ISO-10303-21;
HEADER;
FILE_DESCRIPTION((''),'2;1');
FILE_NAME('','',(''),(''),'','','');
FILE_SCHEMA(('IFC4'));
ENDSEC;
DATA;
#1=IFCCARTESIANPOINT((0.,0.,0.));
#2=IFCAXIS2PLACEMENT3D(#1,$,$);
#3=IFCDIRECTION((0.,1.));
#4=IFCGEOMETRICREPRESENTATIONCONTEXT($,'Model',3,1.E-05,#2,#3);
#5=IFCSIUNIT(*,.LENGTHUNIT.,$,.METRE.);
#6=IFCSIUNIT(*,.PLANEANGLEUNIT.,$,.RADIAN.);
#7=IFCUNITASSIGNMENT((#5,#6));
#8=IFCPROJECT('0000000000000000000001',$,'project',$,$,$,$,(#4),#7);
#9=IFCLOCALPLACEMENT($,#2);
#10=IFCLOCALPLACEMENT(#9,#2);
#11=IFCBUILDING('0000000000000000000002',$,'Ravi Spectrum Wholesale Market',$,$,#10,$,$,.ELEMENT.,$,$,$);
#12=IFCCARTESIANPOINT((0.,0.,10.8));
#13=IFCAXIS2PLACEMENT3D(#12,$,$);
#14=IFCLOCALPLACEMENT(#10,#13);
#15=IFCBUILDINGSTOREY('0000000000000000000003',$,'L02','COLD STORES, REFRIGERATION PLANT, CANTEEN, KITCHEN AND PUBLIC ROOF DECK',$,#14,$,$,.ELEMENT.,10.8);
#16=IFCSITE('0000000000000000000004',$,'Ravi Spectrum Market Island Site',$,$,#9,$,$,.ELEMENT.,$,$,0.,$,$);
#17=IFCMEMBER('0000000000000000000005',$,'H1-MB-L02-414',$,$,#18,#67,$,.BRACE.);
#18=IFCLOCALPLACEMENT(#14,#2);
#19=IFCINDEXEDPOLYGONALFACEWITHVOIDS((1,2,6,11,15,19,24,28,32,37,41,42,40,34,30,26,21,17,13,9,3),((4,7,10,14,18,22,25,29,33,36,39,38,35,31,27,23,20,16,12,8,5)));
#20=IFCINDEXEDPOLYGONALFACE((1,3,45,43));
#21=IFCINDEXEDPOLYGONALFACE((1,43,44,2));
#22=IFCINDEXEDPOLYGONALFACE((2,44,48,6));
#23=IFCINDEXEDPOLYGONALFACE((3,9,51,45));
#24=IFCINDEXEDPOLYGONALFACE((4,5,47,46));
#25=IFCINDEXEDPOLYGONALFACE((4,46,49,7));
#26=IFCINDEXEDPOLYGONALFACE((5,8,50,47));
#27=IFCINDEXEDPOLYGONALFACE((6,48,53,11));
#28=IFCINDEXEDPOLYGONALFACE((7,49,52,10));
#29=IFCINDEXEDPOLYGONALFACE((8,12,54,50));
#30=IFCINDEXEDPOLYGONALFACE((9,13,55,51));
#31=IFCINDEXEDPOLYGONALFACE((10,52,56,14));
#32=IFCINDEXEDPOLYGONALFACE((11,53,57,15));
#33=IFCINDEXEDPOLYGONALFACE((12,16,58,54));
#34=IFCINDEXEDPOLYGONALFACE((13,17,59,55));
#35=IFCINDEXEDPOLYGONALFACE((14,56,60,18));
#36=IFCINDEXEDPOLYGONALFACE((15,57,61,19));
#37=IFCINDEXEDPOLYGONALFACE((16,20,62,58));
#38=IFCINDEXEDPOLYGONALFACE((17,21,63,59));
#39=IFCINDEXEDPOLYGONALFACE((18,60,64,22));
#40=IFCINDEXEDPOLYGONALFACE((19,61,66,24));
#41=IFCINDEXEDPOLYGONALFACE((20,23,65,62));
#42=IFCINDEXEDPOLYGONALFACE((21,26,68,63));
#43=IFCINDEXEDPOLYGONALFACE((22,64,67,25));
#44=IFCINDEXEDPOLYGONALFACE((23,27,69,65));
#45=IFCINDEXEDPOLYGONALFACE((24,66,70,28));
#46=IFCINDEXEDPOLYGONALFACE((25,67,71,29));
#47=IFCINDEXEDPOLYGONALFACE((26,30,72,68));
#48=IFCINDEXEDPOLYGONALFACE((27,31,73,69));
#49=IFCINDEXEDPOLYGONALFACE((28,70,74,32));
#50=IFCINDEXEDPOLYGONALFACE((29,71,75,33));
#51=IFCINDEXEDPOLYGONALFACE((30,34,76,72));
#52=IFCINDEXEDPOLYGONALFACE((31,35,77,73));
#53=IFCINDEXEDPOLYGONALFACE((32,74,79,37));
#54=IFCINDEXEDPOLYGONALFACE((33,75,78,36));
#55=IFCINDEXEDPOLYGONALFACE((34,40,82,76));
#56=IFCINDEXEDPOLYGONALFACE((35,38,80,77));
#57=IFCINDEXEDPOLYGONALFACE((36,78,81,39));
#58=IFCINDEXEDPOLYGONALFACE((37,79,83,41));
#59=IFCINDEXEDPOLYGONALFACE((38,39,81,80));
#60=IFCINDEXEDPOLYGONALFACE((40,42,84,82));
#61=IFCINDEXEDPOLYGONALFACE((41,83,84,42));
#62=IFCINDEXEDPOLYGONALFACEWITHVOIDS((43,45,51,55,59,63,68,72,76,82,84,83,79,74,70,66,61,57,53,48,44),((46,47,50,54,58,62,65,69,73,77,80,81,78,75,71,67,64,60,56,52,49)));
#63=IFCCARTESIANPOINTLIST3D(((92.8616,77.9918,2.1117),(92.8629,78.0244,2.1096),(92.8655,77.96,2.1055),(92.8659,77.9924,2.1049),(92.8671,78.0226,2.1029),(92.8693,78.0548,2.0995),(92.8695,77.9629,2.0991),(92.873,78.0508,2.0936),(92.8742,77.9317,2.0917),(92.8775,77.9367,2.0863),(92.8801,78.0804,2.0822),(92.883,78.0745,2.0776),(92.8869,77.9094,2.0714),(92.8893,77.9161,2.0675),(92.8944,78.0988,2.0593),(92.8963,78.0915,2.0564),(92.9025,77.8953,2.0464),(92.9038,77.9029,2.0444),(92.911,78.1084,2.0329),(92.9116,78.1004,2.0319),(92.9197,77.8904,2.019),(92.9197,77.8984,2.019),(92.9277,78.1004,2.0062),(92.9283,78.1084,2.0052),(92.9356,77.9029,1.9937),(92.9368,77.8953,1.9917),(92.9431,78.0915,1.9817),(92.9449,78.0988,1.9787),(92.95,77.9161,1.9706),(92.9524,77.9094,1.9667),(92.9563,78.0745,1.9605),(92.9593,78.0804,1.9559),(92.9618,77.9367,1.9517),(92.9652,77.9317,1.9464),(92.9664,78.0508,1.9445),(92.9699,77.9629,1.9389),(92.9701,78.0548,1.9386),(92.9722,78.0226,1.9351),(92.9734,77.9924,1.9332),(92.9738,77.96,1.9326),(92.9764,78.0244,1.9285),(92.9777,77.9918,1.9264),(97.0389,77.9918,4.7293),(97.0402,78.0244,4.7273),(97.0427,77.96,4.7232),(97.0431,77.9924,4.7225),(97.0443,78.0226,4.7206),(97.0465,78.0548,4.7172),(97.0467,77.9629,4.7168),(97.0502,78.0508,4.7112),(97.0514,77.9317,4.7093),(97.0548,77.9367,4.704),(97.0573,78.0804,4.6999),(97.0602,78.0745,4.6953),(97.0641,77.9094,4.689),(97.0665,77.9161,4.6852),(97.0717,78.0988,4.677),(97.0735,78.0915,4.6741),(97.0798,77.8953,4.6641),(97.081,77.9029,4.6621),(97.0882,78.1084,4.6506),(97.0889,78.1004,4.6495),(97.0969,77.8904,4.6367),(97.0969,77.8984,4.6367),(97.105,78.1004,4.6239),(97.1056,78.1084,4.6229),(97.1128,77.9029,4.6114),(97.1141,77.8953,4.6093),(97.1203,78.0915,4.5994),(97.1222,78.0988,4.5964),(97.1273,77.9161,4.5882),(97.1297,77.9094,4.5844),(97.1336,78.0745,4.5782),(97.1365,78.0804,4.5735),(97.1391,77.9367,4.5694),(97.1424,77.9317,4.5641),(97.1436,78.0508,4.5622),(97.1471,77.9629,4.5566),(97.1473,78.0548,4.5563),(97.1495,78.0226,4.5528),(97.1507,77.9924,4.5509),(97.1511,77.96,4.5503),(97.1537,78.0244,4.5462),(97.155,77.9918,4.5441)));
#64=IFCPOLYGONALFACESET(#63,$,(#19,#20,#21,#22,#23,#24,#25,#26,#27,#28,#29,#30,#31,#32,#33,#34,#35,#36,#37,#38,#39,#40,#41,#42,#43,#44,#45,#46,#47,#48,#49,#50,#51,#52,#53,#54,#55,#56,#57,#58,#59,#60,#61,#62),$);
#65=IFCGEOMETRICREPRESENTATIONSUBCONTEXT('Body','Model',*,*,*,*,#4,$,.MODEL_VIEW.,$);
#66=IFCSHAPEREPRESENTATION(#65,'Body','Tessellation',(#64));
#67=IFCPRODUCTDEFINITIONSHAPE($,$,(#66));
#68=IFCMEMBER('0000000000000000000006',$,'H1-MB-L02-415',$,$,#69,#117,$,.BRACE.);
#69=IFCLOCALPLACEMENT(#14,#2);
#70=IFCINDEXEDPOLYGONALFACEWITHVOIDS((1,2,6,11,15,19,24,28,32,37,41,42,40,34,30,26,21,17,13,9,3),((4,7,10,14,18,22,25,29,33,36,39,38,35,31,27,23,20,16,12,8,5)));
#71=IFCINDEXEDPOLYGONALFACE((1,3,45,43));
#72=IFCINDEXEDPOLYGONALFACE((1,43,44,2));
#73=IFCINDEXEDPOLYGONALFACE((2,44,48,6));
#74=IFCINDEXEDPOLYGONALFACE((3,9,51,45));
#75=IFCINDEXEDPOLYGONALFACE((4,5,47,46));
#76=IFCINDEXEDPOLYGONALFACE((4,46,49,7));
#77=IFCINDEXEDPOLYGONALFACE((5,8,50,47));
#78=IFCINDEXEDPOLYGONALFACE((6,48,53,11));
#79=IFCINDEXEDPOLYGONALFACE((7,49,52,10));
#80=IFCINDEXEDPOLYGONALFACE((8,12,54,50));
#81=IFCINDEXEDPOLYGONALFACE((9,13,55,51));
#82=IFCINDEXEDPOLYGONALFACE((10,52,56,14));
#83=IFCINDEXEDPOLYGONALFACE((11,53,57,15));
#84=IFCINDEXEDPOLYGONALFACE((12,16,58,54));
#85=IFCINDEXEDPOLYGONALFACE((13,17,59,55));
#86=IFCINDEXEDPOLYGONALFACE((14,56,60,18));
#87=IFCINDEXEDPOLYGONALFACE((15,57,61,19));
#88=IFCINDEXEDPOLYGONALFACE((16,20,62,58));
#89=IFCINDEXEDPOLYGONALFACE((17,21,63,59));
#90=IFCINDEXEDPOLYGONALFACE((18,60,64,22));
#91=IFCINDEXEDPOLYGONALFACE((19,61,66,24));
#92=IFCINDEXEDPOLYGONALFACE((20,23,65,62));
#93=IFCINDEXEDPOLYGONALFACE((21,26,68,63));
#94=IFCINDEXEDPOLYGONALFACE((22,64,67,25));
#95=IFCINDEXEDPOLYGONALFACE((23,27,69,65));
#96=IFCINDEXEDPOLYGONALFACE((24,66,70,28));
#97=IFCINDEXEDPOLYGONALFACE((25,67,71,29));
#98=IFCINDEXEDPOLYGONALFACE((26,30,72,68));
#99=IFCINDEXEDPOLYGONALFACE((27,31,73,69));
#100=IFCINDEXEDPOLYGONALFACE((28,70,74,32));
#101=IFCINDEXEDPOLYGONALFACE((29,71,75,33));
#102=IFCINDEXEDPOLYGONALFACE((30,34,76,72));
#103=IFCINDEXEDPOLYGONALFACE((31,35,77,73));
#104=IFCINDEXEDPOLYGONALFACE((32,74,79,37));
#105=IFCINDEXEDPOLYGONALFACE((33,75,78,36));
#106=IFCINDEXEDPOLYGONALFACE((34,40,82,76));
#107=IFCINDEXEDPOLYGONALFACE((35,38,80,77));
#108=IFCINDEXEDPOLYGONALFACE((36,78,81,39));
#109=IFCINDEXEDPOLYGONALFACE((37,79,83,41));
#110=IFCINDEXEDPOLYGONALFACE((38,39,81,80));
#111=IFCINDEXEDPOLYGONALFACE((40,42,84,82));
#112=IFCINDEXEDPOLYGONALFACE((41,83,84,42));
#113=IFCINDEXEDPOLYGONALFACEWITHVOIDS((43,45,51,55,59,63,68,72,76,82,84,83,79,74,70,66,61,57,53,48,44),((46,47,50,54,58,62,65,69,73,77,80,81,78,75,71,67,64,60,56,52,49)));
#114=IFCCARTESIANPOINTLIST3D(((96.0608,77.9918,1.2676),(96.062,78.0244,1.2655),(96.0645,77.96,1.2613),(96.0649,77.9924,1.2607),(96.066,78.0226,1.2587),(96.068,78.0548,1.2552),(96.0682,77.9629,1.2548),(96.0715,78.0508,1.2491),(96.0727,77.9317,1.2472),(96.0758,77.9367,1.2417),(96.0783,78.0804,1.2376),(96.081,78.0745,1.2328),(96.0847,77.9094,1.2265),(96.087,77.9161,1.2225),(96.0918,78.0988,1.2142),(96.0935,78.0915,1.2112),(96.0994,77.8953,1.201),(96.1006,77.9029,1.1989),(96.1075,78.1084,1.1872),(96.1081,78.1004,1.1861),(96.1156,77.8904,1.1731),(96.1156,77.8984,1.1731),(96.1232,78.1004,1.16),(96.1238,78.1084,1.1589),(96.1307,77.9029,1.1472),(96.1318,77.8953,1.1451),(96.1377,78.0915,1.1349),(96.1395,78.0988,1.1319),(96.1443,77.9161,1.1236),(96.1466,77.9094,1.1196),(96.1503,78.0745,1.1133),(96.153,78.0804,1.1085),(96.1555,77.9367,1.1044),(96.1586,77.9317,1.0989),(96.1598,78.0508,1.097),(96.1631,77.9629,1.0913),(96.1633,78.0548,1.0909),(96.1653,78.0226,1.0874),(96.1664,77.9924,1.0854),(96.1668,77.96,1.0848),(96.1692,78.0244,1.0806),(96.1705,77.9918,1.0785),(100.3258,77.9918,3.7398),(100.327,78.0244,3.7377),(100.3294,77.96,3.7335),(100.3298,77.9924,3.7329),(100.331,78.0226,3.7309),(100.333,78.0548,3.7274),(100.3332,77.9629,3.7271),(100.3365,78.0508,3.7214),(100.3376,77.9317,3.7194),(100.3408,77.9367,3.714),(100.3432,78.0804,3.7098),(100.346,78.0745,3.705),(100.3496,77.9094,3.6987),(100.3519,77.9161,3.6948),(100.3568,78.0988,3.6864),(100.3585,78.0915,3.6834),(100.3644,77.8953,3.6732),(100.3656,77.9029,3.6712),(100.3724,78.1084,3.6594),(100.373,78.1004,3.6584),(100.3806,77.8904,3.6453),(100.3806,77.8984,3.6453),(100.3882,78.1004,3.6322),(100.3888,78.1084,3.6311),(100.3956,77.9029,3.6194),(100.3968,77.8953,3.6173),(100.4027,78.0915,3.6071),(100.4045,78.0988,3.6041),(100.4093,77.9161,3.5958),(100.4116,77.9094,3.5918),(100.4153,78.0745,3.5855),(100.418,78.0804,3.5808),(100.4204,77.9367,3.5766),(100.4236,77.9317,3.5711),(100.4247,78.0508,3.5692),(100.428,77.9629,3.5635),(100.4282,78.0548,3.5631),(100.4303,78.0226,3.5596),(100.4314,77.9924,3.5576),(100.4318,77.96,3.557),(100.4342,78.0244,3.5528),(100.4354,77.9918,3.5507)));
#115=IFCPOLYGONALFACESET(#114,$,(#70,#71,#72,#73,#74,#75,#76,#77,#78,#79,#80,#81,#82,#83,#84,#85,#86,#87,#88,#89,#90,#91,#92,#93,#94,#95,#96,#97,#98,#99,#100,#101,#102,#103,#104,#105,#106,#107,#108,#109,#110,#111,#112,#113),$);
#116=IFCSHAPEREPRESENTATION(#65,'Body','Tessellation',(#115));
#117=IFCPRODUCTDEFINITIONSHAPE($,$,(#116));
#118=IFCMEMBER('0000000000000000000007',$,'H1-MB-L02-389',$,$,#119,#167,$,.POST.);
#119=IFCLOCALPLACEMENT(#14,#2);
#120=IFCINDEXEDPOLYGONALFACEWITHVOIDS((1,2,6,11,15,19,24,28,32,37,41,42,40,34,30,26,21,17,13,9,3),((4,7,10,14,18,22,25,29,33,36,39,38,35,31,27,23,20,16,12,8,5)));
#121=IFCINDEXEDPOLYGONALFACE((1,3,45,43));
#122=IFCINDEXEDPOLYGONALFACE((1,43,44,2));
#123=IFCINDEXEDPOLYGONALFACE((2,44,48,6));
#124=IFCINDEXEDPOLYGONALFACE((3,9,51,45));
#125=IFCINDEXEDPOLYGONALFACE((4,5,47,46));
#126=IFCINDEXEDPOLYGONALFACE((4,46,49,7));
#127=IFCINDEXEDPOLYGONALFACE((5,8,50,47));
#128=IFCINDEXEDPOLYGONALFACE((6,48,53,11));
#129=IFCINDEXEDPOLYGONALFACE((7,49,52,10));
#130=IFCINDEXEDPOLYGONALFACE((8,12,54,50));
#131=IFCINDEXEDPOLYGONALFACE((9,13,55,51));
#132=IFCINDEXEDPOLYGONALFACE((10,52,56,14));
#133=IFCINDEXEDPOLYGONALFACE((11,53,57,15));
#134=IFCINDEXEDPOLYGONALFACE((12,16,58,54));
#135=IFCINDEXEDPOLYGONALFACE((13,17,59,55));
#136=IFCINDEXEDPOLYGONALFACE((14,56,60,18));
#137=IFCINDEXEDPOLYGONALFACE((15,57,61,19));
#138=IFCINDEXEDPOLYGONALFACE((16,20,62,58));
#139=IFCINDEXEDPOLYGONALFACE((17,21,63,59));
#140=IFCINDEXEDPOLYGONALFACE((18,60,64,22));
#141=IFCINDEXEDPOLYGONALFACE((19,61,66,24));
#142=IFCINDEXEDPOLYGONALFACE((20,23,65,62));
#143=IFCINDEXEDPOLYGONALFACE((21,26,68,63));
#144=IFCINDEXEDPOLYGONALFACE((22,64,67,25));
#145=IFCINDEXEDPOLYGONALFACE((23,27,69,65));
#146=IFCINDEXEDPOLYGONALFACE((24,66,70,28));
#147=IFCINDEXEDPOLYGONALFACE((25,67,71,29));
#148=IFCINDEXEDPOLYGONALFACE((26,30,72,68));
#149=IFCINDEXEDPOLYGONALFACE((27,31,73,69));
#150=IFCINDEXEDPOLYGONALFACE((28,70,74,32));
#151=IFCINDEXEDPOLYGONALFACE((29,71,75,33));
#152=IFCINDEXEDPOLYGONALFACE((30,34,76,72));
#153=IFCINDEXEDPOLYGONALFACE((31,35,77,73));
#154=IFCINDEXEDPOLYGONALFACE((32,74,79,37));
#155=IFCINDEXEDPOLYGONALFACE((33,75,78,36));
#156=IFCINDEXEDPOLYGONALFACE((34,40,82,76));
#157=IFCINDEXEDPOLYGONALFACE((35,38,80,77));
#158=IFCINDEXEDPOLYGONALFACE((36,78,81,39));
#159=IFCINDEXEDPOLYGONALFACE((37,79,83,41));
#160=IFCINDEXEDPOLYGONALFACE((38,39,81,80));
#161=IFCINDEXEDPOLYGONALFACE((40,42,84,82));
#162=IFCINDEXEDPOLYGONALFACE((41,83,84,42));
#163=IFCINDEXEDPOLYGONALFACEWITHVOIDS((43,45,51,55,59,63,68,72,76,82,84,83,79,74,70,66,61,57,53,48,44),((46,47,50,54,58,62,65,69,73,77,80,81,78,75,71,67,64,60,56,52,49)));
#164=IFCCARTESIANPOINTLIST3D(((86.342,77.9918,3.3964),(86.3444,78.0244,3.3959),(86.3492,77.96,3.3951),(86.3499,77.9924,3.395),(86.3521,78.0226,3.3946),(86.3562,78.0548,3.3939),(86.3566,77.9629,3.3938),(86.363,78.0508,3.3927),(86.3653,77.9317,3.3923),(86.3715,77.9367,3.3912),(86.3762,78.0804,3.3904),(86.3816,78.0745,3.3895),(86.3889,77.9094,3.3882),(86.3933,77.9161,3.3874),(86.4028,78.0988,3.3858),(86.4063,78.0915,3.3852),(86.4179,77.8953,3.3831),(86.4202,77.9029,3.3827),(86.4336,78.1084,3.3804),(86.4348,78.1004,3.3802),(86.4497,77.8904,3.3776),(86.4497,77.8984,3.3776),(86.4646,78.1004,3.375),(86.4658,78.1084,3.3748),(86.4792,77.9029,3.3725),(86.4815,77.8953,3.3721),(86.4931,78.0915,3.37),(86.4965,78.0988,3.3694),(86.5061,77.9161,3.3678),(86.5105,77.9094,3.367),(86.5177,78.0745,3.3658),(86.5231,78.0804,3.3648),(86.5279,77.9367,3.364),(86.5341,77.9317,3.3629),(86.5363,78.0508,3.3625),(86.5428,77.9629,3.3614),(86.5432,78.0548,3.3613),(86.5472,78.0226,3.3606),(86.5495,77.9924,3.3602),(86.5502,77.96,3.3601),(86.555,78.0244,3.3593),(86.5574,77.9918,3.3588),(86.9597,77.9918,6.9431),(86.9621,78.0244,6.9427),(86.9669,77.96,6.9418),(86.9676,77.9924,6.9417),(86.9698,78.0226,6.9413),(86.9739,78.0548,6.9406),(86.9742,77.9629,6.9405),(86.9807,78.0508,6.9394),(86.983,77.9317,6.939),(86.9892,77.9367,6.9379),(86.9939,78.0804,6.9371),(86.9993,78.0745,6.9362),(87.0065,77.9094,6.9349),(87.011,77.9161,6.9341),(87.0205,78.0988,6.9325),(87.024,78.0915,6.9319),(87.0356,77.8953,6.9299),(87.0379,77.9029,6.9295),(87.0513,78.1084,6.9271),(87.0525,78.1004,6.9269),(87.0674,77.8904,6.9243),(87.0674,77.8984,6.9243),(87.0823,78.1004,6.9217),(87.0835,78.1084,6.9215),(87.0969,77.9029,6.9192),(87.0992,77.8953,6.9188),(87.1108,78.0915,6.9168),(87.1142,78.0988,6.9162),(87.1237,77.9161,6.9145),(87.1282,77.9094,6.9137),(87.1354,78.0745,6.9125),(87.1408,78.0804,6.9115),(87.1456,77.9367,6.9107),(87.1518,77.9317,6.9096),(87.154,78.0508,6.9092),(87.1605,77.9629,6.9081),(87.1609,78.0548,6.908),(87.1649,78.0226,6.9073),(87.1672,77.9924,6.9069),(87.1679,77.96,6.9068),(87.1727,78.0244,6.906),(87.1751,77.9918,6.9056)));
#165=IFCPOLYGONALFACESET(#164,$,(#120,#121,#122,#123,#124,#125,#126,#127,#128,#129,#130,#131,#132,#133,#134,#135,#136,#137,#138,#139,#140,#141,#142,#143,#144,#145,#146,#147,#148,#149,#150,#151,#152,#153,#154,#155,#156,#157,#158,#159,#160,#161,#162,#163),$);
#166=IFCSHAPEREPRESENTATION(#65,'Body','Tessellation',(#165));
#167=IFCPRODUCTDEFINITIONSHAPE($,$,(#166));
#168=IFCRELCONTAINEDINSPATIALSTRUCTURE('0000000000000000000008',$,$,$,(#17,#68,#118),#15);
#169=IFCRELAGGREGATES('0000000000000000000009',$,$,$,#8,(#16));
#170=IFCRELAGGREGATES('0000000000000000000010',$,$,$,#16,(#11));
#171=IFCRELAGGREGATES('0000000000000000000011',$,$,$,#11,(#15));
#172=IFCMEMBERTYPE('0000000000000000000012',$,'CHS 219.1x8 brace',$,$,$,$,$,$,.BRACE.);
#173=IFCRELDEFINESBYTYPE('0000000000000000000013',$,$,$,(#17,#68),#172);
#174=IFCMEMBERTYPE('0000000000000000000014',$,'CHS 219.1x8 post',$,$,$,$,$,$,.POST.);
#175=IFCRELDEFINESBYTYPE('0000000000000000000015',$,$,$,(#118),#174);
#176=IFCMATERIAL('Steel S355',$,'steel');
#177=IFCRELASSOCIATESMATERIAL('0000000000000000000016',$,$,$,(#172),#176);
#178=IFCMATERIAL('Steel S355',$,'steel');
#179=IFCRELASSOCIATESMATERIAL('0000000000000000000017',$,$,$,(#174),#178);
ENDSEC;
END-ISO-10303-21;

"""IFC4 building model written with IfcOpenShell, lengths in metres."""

from ifc_helpers import new_model, si_unit, direction, frame, origin, origin_2d, place, context, subcontext, project, spatial, hollow_circle, extrude, material, material_profile, profile_set, type_object, element, save


model = new_model("IFC4")

# Units and contexts
model_context = context("Model", 3, precision=1e-05, world=origin(), true_north=direction((0.0, 1.0)))
body_context = subcontext(model_context, "Body", "Model", "MODEL_VIEW")
ifc_project = project(units=[si_unit("LENGTHUNIT", "METRE"), si_unit("PLANEANGLEUNIT", "RADIAN")], contexts=[model_context])

# Site, building, storey
site_placement = place(None, origin())
site = spatial("IfcSite", under=ifc_project, at=site_placement, Name="Ravi Spectrum Market Island Site", CompositionType="ELEMENT", RefElevation=0.0)
building_placement = place(site_placement, origin())
building = spatial("IfcBuilding", under=site, at=building_placement, Name="Ravi Spectrum Wholesale Market", CompositionType="ELEMENT")
storey_placement = place(building_placement, frame((0.0, 0.0, 10.8)))
storey = spatial("IfcBuildingStorey", under=building, at=storey_placement, Name="L02", Description="COLD STORES, REFRIGERATION PLANT, CANTEEN, KITCHEN AND PUBLIC ROOF DECK", CompositionType="ELEMENT", Elevation=10.8)

# Members
ifc_material_1 = material(Name="Steel S355", Category="steel")
ifc_material_profile_1 = material_profile(ifc_material_1, hollow_circle(Radius=0.1096, WallThickness=0.0081, at=origin_2d()))
ifc_profile_set_1 = profile_set([ifc_material_profile_1], Name="Steel S355")
member_type_1 = type_object("IfcMemberType", Name="CHS 219.1x8 brace", PredefinedType="BRACE", material=ifc_profile_set_1)
for number, where, z_axis, x_axis, name in (
    (1, (97.0969, 78.0, 4.6367), (-0.847369, 0.0, -0.531005), (0.0, -1.0, 0.0), "H1-MB-L02-414"),
    (2, (100.3806, 78.0, 3.6453), (-0.865161, 0.0, -0.501495), (0.0, -1.0, 0.0), "H1-MB-L02-415"),
):
    element("IfcMember", number, at=place(storey_placement, frame(where, z_axis=z_axis, x_axis=x_axis)), inside=storey, type_object=member_type_1, Name=name, PredefinedType="BRACE", context=body_context, shape_type="SweptSolid", body=[
        extrude(hollow_circle(Radius=0.1096, WallThickness=0.0081, at=origin_2d()), origin(), (0.0, 0.0, 1.0), 4.9297),
    ])
ifc_material_2 = material(Name="Steel S355", Category="steel")
ifc_material_profile_2 = material_profile(ifc_material_2, hollow_circle(Radius=0.1096, WallThickness=0.0081, at=origin_2d()))
ifc_profile_set_2 = profile_set([ifc_material_profile_2], Name="Steel S355")
member_type_2 = type_object("IfcMemberType", Name="CHS 219.1x8 post", PredefinedType="POST", material=ifc_profile_set_2)
for number, where, z_axis, x_axis, name in (
    (3, (87.0674, 78.0, 6.9243), (-0.171576, 0.0, -0.985171), (0.0, -1.0, 0.0), "H1-MB-L02-389"),
):
    element("IfcMember", number, at=place(storey_placement, frame(where, z_axis=z_axis, x_axis=x_axis)), inside=storey, type_object=member_type_2, Name=name, PredefinedType="POST", context=body_context, shape_type="SweptSolid", body=[
        extrude(hollow_circle(Radius=0.1096, WallThickness=0.0081, at=origin_2d()), origin(), (0.0, 0.0, 1.0), 3.6001),
    ])

save(model, "model.ifc")
